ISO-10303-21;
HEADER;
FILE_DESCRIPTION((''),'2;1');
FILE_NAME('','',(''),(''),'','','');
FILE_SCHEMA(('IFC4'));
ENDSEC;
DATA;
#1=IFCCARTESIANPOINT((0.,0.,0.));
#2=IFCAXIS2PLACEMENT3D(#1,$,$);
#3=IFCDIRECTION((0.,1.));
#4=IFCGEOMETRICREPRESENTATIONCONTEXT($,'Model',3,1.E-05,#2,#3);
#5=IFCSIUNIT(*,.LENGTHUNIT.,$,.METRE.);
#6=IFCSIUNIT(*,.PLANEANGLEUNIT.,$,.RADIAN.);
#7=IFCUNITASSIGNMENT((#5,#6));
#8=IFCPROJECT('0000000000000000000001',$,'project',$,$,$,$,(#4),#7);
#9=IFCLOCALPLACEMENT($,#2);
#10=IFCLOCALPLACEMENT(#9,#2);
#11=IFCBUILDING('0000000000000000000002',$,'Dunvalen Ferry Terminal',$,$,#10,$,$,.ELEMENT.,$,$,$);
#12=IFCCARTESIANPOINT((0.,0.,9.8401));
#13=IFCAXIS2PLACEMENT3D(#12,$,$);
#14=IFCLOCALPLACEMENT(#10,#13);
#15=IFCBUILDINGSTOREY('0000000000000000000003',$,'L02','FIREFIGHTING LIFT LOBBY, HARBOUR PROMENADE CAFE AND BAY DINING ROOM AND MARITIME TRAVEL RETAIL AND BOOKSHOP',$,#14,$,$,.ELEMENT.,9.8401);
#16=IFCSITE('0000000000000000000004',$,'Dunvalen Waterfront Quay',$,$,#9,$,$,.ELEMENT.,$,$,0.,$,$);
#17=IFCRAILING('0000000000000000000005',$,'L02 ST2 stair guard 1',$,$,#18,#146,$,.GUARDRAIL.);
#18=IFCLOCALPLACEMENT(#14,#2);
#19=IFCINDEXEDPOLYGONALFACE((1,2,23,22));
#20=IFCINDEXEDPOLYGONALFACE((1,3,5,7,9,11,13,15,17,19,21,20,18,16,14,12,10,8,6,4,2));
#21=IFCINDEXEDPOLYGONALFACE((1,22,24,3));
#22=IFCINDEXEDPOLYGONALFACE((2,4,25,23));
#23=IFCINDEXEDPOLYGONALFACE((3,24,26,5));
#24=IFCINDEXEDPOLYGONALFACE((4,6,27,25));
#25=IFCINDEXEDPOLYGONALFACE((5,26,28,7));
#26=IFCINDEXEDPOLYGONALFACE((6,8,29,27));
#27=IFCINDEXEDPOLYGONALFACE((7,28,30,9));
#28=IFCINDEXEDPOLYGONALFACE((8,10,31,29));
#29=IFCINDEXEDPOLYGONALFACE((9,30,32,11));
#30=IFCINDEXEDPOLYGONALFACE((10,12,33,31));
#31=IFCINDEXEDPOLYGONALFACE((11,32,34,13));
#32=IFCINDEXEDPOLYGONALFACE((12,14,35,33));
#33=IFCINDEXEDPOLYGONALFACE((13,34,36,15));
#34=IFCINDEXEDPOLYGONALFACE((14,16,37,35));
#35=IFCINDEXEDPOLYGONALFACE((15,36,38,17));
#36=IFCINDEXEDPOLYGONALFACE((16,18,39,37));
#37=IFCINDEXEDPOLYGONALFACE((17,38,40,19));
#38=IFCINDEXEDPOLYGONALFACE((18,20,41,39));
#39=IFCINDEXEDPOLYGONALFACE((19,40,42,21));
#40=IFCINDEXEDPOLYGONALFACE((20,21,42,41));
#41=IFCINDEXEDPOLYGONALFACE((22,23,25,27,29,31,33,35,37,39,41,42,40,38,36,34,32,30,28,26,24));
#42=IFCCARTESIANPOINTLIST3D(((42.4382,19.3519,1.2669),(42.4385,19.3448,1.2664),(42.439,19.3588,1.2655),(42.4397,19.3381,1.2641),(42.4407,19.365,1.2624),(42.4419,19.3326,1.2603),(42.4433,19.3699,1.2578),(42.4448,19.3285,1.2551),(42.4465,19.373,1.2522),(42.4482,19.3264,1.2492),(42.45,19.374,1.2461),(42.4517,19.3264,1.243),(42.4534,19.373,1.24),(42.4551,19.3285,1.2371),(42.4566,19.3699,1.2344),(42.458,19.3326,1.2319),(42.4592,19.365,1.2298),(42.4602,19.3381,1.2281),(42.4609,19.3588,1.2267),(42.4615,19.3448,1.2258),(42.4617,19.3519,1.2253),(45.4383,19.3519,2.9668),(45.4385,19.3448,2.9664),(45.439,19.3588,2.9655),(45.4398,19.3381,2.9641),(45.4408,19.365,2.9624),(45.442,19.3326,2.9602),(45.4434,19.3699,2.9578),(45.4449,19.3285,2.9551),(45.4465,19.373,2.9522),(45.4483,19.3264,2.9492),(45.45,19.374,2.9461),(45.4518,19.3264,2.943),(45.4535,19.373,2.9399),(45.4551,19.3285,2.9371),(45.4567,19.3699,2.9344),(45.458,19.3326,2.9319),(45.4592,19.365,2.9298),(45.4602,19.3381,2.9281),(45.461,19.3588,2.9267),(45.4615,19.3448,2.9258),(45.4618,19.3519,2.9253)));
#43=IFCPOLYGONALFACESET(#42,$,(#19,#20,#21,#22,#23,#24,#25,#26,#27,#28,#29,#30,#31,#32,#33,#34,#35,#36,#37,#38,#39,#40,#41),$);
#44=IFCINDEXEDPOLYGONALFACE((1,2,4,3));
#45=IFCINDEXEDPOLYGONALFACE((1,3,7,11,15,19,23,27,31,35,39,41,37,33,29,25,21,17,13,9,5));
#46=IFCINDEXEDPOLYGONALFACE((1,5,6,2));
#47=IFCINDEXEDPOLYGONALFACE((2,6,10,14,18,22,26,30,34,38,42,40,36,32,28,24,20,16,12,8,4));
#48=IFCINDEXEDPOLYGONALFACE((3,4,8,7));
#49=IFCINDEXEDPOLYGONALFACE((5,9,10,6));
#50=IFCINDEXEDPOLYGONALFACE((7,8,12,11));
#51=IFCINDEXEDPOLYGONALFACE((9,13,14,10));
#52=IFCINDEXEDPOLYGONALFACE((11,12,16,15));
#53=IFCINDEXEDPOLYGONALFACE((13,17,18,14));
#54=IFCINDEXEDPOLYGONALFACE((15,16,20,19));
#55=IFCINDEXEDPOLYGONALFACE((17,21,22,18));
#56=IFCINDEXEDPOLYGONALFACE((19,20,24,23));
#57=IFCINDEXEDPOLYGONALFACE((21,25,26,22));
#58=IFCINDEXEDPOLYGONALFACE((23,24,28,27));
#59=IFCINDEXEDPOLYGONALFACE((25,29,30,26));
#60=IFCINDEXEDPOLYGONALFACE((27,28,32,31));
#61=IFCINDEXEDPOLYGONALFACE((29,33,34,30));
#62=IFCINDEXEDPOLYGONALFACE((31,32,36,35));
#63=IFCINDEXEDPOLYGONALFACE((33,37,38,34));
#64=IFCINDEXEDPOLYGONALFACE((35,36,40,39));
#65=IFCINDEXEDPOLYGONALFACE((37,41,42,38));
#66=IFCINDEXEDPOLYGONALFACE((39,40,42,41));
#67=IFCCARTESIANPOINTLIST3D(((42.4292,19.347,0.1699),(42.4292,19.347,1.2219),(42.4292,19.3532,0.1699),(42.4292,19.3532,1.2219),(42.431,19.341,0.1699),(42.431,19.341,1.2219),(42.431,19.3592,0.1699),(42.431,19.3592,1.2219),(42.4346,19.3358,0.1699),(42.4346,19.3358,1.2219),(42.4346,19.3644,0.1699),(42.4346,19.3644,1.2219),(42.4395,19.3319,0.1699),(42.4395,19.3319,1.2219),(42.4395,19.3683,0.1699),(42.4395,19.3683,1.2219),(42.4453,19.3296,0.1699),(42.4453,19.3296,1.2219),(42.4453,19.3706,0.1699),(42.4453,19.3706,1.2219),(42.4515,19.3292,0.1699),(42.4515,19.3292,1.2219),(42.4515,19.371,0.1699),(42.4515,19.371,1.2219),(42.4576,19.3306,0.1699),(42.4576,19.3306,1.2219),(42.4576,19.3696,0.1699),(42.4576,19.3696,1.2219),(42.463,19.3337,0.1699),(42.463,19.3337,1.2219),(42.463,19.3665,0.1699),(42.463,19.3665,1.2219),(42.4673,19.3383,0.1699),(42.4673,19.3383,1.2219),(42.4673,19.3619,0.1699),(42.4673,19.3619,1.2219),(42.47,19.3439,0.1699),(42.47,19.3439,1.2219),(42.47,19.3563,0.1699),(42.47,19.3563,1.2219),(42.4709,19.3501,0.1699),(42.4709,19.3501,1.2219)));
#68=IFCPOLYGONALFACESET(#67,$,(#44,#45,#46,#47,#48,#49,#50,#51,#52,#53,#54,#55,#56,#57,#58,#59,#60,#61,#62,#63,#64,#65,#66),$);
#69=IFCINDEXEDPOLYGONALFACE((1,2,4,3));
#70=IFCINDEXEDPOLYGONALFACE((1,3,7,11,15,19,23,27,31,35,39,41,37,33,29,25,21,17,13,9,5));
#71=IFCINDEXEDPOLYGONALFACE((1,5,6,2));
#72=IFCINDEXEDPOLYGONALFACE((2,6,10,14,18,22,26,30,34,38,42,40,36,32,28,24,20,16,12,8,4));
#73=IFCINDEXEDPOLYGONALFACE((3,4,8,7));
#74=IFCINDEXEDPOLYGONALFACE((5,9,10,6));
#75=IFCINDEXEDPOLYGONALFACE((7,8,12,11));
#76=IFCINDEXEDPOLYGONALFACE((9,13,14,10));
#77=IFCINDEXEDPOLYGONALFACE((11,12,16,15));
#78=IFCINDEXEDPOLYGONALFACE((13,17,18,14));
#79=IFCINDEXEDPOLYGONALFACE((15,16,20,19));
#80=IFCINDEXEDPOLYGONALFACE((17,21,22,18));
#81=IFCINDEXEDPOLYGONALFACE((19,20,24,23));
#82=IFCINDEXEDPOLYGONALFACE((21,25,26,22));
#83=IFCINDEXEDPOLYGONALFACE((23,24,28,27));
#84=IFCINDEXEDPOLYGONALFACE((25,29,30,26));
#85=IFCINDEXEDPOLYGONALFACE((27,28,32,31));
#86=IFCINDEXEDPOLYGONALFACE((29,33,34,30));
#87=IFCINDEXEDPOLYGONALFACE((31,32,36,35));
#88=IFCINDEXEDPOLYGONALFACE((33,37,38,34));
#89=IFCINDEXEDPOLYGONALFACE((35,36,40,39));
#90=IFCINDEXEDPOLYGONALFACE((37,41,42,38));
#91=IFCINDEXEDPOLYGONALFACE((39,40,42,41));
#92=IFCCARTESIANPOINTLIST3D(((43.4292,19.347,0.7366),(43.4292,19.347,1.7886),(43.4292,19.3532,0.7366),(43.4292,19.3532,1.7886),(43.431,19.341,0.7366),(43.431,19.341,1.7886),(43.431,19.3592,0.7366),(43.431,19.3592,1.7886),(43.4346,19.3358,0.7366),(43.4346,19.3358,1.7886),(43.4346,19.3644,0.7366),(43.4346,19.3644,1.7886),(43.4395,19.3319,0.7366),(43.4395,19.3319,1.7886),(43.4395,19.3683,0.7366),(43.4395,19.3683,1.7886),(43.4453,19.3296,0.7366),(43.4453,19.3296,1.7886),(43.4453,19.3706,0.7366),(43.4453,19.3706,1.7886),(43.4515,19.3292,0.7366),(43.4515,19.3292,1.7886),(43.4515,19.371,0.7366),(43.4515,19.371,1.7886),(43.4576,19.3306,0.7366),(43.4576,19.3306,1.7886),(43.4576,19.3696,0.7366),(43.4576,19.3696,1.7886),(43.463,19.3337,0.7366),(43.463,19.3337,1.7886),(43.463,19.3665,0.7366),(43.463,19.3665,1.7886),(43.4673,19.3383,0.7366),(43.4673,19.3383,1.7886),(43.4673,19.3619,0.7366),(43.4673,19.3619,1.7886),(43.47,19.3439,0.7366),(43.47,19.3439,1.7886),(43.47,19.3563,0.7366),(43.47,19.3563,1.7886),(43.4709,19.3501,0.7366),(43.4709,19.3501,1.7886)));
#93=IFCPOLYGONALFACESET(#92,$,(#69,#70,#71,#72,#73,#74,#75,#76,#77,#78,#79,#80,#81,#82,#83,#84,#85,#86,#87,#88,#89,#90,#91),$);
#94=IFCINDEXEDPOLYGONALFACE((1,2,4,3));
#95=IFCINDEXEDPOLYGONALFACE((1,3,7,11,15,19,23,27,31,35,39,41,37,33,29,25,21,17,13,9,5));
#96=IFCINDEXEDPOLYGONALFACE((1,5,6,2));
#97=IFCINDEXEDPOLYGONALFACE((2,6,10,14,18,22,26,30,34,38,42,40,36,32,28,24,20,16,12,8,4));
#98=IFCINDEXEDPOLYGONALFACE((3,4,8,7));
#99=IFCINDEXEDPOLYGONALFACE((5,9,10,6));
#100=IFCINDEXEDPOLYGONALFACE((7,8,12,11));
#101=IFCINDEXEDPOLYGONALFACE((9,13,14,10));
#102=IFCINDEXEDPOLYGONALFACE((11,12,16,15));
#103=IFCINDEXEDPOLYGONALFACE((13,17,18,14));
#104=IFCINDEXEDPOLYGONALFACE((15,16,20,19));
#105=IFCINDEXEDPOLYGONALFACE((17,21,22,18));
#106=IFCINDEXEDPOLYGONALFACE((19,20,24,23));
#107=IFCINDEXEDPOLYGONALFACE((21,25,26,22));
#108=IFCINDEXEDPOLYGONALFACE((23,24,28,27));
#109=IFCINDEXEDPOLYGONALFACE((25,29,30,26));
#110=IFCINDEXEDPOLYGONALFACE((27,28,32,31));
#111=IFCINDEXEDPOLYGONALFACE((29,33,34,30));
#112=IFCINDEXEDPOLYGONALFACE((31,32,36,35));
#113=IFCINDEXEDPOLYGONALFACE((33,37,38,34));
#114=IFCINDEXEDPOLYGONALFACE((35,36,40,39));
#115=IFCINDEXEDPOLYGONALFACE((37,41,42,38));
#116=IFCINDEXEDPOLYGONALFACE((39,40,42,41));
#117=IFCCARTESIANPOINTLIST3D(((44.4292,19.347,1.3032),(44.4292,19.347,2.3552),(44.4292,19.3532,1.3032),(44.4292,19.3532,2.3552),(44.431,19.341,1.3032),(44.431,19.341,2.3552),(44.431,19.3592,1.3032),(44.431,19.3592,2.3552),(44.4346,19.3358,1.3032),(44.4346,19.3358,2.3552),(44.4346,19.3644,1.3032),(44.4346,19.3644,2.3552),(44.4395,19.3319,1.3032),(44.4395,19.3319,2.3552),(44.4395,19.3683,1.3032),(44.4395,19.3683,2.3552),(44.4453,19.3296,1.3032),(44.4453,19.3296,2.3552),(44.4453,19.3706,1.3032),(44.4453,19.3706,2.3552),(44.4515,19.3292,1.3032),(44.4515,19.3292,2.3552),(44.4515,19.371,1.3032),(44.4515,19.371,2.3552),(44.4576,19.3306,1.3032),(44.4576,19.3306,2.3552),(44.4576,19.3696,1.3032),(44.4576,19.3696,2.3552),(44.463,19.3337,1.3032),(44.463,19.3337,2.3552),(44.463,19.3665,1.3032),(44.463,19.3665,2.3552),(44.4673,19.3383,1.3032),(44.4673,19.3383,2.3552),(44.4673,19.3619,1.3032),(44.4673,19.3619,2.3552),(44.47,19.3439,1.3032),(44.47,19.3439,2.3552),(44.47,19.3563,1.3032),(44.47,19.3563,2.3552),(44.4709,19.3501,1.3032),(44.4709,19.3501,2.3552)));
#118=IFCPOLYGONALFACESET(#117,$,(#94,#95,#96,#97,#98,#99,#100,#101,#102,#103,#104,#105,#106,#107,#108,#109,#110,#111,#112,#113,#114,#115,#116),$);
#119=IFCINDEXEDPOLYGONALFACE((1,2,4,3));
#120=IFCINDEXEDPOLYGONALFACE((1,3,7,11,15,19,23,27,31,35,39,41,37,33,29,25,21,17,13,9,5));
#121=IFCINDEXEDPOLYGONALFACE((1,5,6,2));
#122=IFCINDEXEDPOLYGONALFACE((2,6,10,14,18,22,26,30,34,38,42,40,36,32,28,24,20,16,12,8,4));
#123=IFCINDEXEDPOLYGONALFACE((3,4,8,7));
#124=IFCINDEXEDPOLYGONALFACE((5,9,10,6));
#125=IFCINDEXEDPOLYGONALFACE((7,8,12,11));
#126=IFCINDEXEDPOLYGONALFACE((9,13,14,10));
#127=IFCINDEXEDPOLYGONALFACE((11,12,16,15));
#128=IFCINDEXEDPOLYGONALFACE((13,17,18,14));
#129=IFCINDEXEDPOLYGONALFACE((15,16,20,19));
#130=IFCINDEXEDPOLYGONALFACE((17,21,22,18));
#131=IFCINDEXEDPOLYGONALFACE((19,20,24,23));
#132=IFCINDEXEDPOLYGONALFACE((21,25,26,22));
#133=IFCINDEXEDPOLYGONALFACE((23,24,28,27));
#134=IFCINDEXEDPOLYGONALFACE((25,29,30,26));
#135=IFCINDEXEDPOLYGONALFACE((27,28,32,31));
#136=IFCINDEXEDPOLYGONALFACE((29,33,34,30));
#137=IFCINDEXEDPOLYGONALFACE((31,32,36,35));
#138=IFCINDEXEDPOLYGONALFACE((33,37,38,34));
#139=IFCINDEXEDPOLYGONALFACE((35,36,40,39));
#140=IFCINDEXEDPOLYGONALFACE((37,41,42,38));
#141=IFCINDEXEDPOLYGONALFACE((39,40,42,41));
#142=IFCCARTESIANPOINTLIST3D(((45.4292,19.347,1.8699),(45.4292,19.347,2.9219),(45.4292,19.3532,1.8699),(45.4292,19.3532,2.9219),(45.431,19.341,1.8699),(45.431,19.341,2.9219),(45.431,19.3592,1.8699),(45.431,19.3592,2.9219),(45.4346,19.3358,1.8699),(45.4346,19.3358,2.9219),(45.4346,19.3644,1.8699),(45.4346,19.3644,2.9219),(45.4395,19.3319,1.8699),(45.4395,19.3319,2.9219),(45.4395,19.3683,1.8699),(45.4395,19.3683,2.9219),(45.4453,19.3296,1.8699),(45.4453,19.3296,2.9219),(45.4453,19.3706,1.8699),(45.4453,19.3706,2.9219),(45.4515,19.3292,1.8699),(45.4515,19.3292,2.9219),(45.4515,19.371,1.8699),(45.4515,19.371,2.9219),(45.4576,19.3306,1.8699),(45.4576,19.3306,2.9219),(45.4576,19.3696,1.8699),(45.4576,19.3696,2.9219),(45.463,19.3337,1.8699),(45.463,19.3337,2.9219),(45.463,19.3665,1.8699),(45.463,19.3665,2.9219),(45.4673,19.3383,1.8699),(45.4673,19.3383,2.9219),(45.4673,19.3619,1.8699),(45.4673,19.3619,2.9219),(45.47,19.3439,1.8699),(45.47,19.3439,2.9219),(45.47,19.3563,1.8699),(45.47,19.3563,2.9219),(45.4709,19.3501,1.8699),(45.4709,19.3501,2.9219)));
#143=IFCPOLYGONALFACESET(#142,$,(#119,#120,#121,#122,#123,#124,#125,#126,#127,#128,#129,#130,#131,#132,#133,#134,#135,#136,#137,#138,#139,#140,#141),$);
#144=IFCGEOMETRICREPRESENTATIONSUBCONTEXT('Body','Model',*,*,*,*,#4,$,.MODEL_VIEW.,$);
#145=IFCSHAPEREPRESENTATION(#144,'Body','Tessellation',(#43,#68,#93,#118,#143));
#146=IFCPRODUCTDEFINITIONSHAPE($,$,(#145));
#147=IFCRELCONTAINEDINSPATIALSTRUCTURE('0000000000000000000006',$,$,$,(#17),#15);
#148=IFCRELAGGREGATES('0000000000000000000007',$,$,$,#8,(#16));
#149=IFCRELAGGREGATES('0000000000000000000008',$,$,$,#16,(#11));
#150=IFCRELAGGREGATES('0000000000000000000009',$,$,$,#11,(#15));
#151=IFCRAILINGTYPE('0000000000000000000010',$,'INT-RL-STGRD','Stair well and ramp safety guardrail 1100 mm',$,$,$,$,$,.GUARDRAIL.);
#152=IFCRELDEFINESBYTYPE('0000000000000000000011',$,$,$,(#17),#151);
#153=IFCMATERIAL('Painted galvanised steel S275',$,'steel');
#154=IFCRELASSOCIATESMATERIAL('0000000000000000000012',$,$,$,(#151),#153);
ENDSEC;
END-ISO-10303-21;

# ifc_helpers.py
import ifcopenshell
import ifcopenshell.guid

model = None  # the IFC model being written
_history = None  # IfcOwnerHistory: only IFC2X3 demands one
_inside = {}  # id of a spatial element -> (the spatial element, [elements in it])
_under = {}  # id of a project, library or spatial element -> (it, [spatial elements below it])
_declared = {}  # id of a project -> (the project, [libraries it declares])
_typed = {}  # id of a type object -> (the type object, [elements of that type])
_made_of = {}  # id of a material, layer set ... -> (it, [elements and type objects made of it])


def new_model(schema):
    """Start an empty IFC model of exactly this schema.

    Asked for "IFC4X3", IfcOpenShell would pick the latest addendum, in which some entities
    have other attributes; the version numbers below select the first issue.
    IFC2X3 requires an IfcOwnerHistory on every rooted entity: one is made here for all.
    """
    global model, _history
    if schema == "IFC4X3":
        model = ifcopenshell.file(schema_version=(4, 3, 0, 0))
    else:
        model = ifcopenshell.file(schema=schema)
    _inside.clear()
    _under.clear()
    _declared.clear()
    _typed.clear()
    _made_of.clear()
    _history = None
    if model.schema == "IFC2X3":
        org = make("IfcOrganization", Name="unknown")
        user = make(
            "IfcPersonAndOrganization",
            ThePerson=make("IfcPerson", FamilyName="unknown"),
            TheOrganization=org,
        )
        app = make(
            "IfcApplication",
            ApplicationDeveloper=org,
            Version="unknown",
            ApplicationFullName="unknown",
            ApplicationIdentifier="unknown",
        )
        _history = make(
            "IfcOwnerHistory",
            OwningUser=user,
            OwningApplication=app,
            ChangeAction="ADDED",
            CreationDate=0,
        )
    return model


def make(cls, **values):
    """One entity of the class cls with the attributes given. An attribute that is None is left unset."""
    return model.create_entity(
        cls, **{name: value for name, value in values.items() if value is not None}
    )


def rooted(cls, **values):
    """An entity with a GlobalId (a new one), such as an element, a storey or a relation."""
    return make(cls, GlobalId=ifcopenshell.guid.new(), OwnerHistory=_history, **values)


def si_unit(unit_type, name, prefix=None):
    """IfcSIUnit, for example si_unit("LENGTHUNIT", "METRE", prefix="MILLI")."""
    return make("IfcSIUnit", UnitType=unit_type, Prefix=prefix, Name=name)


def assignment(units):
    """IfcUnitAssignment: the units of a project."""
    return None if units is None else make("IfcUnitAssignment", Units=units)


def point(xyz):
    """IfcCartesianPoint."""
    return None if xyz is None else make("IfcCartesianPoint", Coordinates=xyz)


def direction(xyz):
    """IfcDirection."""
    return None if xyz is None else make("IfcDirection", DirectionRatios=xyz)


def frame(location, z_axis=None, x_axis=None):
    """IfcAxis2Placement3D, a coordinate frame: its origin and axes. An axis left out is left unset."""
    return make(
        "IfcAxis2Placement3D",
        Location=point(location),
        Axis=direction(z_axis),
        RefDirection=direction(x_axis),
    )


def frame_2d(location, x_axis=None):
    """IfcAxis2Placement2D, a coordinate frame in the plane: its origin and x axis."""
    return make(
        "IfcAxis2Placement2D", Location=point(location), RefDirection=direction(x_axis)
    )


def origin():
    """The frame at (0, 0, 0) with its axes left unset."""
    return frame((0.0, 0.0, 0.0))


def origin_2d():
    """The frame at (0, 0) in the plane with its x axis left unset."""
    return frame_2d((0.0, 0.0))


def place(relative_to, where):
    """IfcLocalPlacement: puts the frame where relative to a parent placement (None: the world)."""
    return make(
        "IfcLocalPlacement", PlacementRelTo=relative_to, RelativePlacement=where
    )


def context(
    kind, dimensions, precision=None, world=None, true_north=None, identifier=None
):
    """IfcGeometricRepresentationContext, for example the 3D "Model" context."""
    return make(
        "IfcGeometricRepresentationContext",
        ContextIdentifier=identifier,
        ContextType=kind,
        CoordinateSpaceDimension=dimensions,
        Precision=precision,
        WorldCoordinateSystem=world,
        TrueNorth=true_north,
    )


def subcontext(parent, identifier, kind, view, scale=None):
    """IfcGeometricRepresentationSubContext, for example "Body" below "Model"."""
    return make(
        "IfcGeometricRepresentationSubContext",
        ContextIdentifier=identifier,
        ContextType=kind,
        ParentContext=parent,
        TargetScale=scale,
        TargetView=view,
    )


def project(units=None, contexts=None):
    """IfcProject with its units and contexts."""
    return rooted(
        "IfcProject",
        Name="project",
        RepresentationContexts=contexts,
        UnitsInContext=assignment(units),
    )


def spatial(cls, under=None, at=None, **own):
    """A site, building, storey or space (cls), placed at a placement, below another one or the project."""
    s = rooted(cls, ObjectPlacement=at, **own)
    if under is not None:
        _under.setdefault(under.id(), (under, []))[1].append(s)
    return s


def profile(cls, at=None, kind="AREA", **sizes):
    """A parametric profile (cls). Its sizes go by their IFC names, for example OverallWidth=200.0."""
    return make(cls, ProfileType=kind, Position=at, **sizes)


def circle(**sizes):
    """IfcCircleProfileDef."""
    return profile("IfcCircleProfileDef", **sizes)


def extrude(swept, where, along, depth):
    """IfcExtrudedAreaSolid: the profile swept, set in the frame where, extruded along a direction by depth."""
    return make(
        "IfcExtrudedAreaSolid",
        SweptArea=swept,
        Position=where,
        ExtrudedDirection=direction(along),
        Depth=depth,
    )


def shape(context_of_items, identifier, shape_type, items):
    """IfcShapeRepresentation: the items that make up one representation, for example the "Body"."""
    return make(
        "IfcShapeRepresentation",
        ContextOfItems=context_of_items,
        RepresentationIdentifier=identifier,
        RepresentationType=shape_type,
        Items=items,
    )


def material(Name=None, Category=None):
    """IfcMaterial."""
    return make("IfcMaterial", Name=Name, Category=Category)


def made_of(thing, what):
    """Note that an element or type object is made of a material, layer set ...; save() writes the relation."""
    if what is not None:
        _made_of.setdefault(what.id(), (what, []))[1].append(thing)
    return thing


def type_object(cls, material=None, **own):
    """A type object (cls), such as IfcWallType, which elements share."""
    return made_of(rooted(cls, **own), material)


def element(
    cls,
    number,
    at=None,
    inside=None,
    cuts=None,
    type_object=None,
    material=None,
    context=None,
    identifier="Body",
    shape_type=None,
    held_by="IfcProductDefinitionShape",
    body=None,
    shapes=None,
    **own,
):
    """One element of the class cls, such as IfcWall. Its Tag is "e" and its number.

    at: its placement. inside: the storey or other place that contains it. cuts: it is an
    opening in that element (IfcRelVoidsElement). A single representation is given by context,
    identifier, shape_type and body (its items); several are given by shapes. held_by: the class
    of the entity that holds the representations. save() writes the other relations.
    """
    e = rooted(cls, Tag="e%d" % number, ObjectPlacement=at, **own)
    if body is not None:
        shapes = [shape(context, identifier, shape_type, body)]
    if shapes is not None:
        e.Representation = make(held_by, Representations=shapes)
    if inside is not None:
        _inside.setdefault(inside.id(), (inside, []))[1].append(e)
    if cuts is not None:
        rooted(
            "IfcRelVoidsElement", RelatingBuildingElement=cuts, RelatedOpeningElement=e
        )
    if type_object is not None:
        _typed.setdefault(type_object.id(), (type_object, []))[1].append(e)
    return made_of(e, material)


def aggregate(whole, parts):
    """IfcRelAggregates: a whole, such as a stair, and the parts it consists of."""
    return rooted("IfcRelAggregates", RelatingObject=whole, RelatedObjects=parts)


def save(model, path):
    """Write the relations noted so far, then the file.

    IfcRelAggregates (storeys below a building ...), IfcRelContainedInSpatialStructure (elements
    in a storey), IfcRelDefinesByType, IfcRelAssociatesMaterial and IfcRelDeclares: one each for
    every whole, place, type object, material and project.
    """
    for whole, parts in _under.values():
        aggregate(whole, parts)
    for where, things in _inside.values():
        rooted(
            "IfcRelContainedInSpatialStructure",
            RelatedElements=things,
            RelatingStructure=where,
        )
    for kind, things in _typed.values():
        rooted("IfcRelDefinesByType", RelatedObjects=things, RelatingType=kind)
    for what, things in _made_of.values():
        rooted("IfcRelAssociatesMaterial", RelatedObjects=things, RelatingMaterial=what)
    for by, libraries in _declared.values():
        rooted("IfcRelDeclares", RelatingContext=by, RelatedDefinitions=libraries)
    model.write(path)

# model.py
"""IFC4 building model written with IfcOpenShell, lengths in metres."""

from ifc_helpers import new_model, si_unit, direction, frame, origin, origin_2d, place, context, subcontext, project, spatial, circle, extrude, material, type_object, element, save


model = new_model("IFC4")

# Units and contexts
model_context = context("Model", 3, precision=1e-05, world=origin(), true_north=direction((0.0, 1.0)))
body_context = subcontext(model_context, "Body", "Model", "MODEL_VIEW")
ifc_project = project(units=[si_unit("LENGTHUNIT", "METRE"), si_unit("PLANEANGLEUNIT", "RADIAN")], contexts=[model_context])

# Site, building, storey
site_placement = place(None, origin())
site = spatial("IfcSite", under=ifc_project, at=site_placement, Name="Dunvalen Waterfront Quay", CompositionType="ELEMENT", RefElevation=0.0)
building_placement = place(site_placement, origin())
building = spatial("IfcBuilding", under=site, at=building_placement, Name="Dunvalen Ferry Terminal", CompositionType="ELEMENT")
storey_placement = place(building_placement, frame((0.0, 0.0, 9.8401)))
storey = spatial("IfcBuildingStorey", under=building, at=storey_placement, Name="L02", Description="FIREFIGHTING LIFT LOBBY, HARBOUR PROMENADE CAFE AND BAY DINING ROOM AND MARITIME TRAVEL RETAIL AND BOOKSHOP", CompositionType="ELEMENT", Elevation=9.8401)

# Railing
ifc_material_1 = material(Name="Painted galvanised steel S275", Category="steel")
railing_type = type_object("IfcRailingType", Name="INT-RL-STGRD", Description="Stair well and ramp safety guardrail 1100 mm", PredefinedType="GUARDRAIL", material=ifc_material_1)
railing_1_placement = place(storey_placement, frame((42.45, 19.3501, 0.1699)))
element("IfcRailing", 1, at=railing_1_placement, inside=storey, type_object=railing_type, Name="L02 ST2 stair guard 1", PredefinedType="GUARDRAIL", context=body_context, shape_type="SweptSolid", body=[
    extrude(circle(Radius=0.0239, at=origin_2d()), frame((0.0, 0.0, 1.0762), z_axis=(0.870028, 0.0, 0.493002), x_axis=(0.0, 1.0, 0.0)), (0.0, 0.0, 1.0), 3.4482),
    extrude(circle(Radius=0.021, at=origin_2d()), origin(), (0.0, 0.0, 1.0), 1.052),
    extrude(circle(Radius=0.021, at=origin_2d()), frame((1.0, 0.0, 0.5667)), (0.0, 0.0, 1.0), 1.052),
    extrude(circle(Radius=0.021, at=origin_2d()), frame((2.0, 0.0, 1.1333)), (0.0, 0.0, 1.0), 1.052),
    extrude(circle(Radius=0.021, at=origin_2d()), frame((3.0, 0.0, 1.7)), (0.0, 0.0, 1.0), 1.052),
])

save(model, "model.ifc")
